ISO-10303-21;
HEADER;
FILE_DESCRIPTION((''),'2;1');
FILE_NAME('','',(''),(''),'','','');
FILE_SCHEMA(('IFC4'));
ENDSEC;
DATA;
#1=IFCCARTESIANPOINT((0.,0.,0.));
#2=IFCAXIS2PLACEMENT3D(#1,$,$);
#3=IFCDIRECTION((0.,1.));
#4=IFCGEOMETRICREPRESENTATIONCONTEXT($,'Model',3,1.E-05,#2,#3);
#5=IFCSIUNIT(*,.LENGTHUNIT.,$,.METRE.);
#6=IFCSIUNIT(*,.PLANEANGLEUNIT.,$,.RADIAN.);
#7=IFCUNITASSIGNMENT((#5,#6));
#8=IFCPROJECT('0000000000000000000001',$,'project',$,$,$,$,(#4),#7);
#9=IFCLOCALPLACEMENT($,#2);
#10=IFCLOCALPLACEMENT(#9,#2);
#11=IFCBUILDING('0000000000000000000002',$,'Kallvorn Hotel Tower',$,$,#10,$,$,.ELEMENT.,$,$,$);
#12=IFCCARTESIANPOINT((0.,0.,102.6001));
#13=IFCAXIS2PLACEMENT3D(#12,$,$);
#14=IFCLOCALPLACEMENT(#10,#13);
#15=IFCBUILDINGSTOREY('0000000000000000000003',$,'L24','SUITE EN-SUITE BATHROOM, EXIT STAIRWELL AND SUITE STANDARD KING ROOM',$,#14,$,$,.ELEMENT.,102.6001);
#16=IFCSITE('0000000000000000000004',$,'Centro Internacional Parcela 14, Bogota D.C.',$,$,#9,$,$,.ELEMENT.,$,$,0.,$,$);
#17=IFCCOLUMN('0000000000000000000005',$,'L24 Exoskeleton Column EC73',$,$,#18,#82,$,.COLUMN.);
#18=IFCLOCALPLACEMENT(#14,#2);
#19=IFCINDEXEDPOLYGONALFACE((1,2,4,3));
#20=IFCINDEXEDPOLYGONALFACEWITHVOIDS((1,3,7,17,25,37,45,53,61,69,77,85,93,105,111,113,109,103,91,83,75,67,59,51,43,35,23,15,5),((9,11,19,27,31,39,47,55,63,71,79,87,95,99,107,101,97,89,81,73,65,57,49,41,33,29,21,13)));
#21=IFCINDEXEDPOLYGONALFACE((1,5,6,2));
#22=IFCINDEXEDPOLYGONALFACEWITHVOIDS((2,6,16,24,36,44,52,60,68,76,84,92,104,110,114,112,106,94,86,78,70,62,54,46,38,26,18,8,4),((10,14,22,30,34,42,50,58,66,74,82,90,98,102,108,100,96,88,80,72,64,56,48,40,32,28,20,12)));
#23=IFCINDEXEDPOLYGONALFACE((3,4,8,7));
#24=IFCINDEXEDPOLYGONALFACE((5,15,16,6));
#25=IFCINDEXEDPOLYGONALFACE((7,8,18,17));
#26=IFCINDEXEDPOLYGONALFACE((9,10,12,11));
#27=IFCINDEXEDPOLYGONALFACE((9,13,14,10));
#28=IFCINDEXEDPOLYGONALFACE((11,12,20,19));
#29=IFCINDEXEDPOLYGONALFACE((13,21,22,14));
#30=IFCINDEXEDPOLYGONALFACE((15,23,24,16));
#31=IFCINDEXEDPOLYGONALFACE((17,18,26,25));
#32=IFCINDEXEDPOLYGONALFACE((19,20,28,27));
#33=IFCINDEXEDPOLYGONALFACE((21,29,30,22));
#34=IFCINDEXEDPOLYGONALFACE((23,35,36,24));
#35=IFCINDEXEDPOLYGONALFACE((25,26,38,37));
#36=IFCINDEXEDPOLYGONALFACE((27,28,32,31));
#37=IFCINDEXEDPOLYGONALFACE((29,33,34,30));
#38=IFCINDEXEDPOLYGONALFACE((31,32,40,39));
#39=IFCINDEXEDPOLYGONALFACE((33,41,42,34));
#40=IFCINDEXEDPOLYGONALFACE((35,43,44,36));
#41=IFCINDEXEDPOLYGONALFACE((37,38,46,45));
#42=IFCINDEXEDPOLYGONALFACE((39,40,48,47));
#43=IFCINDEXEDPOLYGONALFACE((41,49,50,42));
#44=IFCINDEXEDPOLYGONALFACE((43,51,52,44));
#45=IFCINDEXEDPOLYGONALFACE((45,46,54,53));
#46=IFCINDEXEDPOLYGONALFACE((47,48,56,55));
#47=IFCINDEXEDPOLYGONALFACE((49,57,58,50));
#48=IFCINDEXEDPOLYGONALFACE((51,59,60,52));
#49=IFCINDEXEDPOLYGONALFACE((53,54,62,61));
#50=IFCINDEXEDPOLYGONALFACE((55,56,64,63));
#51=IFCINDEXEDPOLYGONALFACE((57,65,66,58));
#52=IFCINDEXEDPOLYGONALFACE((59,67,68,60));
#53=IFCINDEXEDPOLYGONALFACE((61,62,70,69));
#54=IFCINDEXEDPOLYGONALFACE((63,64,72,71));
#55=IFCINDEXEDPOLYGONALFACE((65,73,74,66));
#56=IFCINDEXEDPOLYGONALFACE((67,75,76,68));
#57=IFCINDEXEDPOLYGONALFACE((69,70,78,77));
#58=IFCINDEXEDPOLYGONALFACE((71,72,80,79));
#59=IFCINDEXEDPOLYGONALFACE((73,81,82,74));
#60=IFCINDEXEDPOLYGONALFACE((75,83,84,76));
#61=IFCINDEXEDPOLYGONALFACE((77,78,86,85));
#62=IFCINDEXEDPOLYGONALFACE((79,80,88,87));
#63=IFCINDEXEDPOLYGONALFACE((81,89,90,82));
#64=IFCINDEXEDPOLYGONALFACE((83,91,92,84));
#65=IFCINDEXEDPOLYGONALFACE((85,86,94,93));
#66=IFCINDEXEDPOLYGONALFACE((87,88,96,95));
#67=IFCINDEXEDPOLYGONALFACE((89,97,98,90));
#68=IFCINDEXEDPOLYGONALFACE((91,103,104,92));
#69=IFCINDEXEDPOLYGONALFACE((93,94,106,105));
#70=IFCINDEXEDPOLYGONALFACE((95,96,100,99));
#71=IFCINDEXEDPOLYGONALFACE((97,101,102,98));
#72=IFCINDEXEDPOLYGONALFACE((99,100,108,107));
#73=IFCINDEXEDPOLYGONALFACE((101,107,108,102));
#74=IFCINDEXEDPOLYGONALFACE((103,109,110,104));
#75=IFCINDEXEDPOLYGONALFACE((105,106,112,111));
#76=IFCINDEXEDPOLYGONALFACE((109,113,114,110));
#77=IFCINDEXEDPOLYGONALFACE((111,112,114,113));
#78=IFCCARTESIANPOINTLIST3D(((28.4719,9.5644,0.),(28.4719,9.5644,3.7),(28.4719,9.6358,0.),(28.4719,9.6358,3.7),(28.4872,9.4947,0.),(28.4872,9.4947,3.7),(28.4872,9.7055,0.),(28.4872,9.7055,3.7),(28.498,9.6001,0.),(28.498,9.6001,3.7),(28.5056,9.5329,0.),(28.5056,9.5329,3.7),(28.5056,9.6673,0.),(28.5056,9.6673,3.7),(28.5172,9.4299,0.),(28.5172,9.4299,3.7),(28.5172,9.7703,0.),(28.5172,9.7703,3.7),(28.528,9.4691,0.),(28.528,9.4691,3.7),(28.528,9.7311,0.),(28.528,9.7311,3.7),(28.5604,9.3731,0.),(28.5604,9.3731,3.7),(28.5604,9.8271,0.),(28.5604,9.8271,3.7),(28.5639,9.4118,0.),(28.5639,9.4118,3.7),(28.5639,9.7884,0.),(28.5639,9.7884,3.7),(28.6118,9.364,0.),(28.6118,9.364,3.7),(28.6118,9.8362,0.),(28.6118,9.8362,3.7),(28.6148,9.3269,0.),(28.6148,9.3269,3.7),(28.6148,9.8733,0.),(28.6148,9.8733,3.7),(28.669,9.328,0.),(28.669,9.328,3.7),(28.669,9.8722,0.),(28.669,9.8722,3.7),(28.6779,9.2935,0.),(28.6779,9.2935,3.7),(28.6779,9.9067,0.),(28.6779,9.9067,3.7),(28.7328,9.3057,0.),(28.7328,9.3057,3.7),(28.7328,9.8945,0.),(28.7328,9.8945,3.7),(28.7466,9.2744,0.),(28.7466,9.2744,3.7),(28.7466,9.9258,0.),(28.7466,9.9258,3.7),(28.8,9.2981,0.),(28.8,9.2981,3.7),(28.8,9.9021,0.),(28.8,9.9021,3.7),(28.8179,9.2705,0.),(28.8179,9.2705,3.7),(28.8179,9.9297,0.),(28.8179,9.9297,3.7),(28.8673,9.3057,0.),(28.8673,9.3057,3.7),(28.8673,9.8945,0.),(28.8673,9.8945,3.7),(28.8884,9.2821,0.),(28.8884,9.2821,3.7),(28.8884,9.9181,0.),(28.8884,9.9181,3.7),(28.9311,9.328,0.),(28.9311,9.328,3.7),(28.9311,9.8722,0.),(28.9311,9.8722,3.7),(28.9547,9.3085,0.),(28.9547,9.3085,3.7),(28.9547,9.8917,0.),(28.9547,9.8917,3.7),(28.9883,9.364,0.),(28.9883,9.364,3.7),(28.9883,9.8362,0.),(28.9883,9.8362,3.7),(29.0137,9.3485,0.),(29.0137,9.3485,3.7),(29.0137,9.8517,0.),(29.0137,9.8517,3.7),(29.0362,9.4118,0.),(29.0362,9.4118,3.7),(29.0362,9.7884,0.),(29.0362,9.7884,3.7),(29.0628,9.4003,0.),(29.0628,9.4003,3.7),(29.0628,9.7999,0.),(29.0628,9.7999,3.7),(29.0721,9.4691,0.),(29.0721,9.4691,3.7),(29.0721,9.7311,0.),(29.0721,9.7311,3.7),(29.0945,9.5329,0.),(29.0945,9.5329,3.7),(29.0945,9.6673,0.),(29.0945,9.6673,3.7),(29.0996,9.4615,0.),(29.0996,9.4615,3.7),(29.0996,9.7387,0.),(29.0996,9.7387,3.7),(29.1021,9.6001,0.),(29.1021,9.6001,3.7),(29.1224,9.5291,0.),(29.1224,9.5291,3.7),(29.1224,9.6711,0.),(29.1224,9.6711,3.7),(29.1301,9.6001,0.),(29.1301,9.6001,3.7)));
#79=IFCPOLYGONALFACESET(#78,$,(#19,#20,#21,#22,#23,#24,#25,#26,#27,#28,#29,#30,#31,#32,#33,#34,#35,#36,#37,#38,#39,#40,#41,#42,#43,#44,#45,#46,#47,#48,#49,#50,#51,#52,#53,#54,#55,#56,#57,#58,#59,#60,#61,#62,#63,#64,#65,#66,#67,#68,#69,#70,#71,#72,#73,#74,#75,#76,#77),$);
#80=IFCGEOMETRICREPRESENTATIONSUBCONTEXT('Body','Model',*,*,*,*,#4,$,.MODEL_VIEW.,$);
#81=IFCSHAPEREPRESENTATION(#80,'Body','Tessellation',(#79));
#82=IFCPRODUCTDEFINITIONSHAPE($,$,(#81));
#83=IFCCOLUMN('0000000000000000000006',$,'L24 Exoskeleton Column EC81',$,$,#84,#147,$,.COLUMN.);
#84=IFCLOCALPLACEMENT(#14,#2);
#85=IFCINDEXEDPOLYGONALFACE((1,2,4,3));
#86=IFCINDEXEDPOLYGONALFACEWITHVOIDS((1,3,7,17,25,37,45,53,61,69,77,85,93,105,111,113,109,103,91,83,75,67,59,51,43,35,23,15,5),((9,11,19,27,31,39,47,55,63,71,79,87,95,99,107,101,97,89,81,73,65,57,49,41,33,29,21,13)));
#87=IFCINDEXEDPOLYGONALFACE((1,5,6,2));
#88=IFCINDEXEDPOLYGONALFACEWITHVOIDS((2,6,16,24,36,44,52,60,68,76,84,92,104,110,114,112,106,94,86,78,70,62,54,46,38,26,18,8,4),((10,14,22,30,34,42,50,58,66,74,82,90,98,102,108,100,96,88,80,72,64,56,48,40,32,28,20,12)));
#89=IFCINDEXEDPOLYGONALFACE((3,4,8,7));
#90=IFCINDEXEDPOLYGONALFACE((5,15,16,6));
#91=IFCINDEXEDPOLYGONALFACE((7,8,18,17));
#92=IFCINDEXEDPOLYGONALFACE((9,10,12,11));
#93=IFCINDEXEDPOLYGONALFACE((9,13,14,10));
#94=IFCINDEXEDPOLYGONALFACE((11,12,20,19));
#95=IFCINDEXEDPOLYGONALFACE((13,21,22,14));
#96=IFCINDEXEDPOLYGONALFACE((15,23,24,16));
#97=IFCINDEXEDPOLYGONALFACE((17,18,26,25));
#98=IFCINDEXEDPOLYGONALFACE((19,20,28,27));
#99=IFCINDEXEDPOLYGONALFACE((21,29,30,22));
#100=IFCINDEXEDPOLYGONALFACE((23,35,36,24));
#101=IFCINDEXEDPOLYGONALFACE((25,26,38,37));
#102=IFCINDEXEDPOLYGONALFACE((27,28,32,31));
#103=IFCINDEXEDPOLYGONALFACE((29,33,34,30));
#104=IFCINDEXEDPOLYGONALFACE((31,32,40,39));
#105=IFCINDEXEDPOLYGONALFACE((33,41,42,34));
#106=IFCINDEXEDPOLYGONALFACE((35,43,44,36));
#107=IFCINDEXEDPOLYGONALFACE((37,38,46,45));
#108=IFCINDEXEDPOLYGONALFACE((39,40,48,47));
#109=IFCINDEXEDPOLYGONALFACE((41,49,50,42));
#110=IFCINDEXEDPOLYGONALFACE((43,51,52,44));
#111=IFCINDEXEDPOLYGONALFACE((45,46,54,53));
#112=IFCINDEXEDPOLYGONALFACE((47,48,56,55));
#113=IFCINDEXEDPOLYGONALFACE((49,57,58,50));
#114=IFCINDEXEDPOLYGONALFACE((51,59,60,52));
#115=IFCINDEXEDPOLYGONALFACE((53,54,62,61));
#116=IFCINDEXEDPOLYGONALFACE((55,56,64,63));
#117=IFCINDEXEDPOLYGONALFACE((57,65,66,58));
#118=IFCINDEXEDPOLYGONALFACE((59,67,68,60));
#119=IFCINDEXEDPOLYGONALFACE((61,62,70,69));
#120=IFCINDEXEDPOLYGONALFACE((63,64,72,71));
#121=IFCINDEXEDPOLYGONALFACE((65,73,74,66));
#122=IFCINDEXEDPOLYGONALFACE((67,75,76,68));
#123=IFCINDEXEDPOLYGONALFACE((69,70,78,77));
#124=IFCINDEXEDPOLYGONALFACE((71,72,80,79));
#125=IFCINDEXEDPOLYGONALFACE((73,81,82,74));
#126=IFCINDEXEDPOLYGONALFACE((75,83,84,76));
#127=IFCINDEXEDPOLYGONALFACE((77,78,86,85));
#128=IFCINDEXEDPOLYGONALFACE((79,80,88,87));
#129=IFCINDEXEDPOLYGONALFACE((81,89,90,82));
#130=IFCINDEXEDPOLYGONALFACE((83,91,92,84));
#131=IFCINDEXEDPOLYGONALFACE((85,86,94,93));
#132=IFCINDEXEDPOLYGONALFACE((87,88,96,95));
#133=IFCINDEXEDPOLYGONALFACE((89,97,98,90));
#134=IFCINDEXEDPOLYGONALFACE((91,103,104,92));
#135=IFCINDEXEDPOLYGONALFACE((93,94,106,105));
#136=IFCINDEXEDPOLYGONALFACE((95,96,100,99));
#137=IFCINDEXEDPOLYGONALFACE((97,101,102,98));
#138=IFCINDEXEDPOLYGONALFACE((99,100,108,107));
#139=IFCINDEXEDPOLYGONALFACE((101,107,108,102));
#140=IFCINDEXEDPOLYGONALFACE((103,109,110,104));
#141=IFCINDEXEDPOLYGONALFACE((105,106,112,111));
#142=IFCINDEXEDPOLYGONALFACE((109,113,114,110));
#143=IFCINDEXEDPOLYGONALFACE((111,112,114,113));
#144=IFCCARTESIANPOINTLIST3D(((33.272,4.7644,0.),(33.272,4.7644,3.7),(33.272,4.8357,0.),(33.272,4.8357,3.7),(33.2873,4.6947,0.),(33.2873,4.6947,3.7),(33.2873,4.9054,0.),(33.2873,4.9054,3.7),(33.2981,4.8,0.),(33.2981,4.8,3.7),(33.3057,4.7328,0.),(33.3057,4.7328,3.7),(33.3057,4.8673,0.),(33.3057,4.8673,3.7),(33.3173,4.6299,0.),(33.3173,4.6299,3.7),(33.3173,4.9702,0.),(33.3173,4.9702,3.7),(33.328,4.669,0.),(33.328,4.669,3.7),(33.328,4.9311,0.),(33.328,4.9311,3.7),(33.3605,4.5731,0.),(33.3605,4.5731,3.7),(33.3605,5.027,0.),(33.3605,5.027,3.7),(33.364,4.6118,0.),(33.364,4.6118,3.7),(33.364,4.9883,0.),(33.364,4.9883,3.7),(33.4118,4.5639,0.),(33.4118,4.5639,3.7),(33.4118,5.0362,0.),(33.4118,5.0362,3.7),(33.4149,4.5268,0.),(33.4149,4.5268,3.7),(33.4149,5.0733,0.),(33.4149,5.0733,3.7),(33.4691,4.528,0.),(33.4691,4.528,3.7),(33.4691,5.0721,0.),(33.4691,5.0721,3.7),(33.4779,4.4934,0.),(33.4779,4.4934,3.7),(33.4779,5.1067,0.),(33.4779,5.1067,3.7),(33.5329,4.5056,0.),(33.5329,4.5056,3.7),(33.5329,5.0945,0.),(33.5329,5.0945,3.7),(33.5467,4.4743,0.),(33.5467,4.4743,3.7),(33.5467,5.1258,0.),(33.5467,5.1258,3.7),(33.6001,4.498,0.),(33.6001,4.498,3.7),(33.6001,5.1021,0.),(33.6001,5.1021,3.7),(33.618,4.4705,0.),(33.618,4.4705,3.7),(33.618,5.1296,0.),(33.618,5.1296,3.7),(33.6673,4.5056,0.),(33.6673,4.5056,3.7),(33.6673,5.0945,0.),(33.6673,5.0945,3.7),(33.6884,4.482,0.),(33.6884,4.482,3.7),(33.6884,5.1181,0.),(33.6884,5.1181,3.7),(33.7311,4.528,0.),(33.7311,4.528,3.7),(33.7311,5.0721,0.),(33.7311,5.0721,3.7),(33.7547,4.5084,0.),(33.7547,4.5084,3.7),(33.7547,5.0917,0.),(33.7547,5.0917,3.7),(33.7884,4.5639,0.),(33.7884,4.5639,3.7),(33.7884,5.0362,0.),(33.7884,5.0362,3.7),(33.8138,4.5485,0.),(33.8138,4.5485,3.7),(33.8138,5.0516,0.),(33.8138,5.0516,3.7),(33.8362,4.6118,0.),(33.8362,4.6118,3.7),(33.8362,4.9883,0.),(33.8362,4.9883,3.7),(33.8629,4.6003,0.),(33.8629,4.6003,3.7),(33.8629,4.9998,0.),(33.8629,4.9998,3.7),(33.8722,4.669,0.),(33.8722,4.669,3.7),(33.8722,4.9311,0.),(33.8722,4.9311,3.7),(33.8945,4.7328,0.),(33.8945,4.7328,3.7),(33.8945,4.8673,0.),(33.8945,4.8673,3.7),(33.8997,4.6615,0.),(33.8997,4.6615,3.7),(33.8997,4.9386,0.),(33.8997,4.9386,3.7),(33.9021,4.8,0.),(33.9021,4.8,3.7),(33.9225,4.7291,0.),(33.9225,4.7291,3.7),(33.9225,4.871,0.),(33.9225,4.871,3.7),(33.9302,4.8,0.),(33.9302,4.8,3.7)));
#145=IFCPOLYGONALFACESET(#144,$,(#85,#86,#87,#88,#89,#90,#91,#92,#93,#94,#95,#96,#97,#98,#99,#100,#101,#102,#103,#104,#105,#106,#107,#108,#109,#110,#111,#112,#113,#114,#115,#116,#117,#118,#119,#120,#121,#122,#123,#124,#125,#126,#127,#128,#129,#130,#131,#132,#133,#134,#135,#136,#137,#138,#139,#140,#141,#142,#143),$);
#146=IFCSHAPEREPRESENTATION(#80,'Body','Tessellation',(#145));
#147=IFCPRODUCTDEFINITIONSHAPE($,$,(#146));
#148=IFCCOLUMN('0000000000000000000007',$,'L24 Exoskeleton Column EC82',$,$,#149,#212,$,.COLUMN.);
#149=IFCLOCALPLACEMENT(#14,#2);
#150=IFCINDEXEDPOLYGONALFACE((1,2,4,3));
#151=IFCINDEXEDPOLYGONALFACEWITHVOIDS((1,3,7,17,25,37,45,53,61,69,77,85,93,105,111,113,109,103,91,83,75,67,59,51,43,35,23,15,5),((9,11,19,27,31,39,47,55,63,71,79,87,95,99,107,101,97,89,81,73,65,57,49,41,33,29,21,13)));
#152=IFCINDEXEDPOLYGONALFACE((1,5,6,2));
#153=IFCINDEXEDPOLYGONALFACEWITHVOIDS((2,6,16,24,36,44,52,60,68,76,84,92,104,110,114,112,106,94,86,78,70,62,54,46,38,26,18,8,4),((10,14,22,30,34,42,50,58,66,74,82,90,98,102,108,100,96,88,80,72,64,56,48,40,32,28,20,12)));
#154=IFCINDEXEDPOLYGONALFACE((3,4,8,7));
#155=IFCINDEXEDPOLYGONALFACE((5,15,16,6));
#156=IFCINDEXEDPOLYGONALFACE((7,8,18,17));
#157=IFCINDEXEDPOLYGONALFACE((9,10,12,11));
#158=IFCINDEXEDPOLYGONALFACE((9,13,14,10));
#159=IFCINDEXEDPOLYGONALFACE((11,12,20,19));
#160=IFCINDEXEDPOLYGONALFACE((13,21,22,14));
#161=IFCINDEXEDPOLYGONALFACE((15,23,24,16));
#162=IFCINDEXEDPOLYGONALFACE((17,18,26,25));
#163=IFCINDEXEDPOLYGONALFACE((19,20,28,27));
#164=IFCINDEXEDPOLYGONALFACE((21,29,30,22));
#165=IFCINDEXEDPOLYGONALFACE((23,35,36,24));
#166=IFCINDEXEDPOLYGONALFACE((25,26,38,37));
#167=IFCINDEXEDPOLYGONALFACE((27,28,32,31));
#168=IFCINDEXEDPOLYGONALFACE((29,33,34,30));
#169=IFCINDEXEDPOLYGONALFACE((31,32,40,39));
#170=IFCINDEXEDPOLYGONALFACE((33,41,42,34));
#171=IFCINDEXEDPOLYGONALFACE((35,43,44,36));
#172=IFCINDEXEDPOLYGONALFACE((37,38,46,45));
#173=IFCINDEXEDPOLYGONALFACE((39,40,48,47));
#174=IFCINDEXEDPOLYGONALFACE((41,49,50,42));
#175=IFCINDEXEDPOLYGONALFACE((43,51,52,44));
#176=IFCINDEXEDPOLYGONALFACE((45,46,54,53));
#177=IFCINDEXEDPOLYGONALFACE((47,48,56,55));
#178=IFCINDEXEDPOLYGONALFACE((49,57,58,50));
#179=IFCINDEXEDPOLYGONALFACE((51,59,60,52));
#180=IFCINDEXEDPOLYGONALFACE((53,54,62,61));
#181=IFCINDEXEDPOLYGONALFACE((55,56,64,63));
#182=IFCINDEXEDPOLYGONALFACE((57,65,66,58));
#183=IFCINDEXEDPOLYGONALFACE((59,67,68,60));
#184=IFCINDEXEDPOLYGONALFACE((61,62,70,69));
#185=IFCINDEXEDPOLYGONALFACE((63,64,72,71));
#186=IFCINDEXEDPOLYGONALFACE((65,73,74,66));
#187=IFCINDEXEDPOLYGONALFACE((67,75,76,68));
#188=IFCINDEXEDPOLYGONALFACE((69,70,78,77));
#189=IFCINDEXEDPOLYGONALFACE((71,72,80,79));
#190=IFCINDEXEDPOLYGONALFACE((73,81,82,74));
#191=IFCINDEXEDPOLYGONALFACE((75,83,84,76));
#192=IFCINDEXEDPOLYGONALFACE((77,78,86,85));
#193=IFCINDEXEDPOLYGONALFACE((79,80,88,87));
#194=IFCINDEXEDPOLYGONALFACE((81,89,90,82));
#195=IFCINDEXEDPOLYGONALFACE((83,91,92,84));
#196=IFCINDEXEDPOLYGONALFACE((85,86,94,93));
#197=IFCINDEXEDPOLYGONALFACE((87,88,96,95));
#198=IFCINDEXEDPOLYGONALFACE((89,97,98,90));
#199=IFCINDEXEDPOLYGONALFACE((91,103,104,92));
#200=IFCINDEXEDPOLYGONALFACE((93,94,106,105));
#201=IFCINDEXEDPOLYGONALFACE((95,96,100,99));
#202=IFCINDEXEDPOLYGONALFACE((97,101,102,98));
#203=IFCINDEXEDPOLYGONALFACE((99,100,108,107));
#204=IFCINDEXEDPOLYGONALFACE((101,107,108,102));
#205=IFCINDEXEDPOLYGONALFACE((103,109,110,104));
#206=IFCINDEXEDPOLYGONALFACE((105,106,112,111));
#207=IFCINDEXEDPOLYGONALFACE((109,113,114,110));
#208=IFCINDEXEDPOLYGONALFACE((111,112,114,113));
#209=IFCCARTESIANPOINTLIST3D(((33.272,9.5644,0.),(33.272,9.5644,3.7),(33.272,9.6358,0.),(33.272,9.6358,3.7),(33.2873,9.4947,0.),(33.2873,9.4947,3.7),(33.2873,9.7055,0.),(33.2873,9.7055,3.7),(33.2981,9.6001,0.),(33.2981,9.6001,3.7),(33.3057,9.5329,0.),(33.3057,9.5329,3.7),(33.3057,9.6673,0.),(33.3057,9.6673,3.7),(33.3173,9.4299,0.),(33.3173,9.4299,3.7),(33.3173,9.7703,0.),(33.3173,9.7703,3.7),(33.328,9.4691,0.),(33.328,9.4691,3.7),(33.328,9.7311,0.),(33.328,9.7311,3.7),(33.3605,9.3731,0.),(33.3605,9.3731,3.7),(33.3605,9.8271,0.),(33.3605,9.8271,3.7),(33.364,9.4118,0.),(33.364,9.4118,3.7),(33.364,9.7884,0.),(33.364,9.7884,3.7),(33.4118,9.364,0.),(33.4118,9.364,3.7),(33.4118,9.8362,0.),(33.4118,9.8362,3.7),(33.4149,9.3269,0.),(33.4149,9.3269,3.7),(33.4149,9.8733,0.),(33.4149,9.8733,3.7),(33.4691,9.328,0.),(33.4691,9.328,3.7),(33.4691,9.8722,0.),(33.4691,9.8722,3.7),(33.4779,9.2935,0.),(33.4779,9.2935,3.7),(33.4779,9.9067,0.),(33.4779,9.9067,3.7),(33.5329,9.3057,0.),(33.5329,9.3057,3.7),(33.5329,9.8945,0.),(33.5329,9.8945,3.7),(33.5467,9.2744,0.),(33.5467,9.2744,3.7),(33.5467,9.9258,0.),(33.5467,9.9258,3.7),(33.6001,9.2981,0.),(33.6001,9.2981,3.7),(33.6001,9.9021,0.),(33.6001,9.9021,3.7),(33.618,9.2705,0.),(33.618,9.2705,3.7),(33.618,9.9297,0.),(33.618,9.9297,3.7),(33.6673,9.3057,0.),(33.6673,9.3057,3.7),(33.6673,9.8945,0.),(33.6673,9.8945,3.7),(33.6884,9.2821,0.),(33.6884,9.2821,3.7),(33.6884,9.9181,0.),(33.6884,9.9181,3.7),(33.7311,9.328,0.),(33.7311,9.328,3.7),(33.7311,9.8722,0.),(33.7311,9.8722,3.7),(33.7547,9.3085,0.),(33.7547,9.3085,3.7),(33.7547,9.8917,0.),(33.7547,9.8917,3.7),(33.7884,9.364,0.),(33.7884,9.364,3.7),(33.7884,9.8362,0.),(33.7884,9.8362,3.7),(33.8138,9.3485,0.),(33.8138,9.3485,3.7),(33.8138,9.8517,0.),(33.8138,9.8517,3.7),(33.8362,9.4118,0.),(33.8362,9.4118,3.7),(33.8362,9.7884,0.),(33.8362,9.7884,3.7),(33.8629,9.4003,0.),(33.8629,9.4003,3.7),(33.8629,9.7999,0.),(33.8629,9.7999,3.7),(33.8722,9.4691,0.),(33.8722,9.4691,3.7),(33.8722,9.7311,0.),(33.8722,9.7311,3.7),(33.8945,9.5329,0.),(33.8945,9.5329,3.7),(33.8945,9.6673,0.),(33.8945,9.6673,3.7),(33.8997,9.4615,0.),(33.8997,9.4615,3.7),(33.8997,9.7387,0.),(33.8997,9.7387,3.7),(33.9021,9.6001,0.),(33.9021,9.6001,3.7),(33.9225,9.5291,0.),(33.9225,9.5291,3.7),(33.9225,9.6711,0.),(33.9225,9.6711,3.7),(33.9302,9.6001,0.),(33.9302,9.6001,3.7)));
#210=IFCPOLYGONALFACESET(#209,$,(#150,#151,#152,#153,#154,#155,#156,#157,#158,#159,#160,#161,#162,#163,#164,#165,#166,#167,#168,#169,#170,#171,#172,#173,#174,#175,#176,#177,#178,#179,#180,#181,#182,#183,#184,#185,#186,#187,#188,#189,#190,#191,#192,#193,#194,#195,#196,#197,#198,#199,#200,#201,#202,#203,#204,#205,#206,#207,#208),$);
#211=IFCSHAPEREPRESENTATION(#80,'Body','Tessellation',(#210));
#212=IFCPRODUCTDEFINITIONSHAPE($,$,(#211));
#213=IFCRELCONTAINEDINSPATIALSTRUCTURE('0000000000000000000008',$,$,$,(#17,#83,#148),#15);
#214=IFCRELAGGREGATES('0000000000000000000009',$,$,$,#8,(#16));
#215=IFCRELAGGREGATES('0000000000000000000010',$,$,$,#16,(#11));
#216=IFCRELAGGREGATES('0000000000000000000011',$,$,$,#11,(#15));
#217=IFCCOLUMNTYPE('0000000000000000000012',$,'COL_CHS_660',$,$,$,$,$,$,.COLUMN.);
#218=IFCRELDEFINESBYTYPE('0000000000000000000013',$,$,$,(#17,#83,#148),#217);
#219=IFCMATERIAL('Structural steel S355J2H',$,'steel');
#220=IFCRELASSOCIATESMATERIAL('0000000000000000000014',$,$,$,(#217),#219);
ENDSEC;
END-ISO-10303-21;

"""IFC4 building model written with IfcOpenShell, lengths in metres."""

from ifc_helpers import new_model, si_unit, direction, frame, origin, origin_2d, place, context, subcontext, project, spatial, hollow_circle, extrude, material, material_profile, profile_set, type_object, element, save


model = new_model("IFC4")

# Units and contexts
model_context = context("Model", 3, precision=1e-05, world=origin(), true_north=direction((0.0, 1.0)))
body_context = subcontext(model_context, "Body", "Model", "MODEL_VIEW")
ifc_project = project(units=[si_unit("LENGTHUNIT", "METRE"), si_unit("PLANEANGLEUNIT", "RADIAN")], contexts=[model_context])

# Site, building, storey
site_placement = place(None, origin())
site = spatial("IfcSite", under=ifc_project, at=site_placement, Name="Centro Internacional Parcela 14, Bogota D.C.", CompositionType="ELEMENT", RefElevation=0.0)
building_placement = place(site_placement, origin())
building = spatial("IfcBuilding", under=site, at=building_placement, Name="Kallvorn Hotel Tower", CompositionType="ELEMENT")
storey_placement = place(building_placement, frame((0.0, 0.0, 102.6001)))
storey = spatial("IfcBuildingStorey", under=building, at=storey_placement, Name="L24", Description="SUITE EN-SUITE BATHROOM, EXIT STAIRWELL AND SUITE STANDARD KING ROOM", CompositionType="ELEMENT", Elevation=102.6001)

# Columns
ifc_material_1 = material(Name="Structural steel S355J2H", Category="steel")
ifc_material_profile_1 = material_profile(ifc_material_1, hollow_circle(Radius=0.3301, WallThickness=0.0281, at=origin_2d()), Name="CHS 660x28")
ifc_profile_set_1 = profile_set([ifc_material_profile_1], Name="Structural steel S355J2H")
column_type_1 = type_object("IfcColumnType", Name="COL_CHS_660", PredefinedType="COLUMN", material=ifc_profile_set_1)
for number, where, z_axis, x_axis, name in (
    (1, (28.8, 9.6001, 0.0), (0.0, 0.0, 1.0), (1.0, 0.0, 0.0), "L24 Exoskeleton Column EC73"),
    (2, (33.6001, 4.8, 0.0), (0.0, 0.0, 1.0), (1.0, 0.0, 0.0), "L24 Exoskeleton Column EC81"),
    (3, (33.6001, 9.6001, 0.0), (0.0, 0.0, 1.0), (1.0, 0.0, 0.0), "L24 Exoskeleton Column EC82"),
):
    element("IfcColumn", number, at=place(storey_placement, frame(where, z_axis=z_axis, x_axis=x_axis)), inside=storey, type_object=column_type_1, Name=name, PredefinedType="COLUMN", context=body_context, shape_type="SweptSolid", body=[
        extrude(hollow_circle(Radius=0.3301, WallThickness=0.0281, at=origin_2d()), origin(), (0.0, 0.0, 1.0), 3.7),
    ])

save(model, "model.ifc")
